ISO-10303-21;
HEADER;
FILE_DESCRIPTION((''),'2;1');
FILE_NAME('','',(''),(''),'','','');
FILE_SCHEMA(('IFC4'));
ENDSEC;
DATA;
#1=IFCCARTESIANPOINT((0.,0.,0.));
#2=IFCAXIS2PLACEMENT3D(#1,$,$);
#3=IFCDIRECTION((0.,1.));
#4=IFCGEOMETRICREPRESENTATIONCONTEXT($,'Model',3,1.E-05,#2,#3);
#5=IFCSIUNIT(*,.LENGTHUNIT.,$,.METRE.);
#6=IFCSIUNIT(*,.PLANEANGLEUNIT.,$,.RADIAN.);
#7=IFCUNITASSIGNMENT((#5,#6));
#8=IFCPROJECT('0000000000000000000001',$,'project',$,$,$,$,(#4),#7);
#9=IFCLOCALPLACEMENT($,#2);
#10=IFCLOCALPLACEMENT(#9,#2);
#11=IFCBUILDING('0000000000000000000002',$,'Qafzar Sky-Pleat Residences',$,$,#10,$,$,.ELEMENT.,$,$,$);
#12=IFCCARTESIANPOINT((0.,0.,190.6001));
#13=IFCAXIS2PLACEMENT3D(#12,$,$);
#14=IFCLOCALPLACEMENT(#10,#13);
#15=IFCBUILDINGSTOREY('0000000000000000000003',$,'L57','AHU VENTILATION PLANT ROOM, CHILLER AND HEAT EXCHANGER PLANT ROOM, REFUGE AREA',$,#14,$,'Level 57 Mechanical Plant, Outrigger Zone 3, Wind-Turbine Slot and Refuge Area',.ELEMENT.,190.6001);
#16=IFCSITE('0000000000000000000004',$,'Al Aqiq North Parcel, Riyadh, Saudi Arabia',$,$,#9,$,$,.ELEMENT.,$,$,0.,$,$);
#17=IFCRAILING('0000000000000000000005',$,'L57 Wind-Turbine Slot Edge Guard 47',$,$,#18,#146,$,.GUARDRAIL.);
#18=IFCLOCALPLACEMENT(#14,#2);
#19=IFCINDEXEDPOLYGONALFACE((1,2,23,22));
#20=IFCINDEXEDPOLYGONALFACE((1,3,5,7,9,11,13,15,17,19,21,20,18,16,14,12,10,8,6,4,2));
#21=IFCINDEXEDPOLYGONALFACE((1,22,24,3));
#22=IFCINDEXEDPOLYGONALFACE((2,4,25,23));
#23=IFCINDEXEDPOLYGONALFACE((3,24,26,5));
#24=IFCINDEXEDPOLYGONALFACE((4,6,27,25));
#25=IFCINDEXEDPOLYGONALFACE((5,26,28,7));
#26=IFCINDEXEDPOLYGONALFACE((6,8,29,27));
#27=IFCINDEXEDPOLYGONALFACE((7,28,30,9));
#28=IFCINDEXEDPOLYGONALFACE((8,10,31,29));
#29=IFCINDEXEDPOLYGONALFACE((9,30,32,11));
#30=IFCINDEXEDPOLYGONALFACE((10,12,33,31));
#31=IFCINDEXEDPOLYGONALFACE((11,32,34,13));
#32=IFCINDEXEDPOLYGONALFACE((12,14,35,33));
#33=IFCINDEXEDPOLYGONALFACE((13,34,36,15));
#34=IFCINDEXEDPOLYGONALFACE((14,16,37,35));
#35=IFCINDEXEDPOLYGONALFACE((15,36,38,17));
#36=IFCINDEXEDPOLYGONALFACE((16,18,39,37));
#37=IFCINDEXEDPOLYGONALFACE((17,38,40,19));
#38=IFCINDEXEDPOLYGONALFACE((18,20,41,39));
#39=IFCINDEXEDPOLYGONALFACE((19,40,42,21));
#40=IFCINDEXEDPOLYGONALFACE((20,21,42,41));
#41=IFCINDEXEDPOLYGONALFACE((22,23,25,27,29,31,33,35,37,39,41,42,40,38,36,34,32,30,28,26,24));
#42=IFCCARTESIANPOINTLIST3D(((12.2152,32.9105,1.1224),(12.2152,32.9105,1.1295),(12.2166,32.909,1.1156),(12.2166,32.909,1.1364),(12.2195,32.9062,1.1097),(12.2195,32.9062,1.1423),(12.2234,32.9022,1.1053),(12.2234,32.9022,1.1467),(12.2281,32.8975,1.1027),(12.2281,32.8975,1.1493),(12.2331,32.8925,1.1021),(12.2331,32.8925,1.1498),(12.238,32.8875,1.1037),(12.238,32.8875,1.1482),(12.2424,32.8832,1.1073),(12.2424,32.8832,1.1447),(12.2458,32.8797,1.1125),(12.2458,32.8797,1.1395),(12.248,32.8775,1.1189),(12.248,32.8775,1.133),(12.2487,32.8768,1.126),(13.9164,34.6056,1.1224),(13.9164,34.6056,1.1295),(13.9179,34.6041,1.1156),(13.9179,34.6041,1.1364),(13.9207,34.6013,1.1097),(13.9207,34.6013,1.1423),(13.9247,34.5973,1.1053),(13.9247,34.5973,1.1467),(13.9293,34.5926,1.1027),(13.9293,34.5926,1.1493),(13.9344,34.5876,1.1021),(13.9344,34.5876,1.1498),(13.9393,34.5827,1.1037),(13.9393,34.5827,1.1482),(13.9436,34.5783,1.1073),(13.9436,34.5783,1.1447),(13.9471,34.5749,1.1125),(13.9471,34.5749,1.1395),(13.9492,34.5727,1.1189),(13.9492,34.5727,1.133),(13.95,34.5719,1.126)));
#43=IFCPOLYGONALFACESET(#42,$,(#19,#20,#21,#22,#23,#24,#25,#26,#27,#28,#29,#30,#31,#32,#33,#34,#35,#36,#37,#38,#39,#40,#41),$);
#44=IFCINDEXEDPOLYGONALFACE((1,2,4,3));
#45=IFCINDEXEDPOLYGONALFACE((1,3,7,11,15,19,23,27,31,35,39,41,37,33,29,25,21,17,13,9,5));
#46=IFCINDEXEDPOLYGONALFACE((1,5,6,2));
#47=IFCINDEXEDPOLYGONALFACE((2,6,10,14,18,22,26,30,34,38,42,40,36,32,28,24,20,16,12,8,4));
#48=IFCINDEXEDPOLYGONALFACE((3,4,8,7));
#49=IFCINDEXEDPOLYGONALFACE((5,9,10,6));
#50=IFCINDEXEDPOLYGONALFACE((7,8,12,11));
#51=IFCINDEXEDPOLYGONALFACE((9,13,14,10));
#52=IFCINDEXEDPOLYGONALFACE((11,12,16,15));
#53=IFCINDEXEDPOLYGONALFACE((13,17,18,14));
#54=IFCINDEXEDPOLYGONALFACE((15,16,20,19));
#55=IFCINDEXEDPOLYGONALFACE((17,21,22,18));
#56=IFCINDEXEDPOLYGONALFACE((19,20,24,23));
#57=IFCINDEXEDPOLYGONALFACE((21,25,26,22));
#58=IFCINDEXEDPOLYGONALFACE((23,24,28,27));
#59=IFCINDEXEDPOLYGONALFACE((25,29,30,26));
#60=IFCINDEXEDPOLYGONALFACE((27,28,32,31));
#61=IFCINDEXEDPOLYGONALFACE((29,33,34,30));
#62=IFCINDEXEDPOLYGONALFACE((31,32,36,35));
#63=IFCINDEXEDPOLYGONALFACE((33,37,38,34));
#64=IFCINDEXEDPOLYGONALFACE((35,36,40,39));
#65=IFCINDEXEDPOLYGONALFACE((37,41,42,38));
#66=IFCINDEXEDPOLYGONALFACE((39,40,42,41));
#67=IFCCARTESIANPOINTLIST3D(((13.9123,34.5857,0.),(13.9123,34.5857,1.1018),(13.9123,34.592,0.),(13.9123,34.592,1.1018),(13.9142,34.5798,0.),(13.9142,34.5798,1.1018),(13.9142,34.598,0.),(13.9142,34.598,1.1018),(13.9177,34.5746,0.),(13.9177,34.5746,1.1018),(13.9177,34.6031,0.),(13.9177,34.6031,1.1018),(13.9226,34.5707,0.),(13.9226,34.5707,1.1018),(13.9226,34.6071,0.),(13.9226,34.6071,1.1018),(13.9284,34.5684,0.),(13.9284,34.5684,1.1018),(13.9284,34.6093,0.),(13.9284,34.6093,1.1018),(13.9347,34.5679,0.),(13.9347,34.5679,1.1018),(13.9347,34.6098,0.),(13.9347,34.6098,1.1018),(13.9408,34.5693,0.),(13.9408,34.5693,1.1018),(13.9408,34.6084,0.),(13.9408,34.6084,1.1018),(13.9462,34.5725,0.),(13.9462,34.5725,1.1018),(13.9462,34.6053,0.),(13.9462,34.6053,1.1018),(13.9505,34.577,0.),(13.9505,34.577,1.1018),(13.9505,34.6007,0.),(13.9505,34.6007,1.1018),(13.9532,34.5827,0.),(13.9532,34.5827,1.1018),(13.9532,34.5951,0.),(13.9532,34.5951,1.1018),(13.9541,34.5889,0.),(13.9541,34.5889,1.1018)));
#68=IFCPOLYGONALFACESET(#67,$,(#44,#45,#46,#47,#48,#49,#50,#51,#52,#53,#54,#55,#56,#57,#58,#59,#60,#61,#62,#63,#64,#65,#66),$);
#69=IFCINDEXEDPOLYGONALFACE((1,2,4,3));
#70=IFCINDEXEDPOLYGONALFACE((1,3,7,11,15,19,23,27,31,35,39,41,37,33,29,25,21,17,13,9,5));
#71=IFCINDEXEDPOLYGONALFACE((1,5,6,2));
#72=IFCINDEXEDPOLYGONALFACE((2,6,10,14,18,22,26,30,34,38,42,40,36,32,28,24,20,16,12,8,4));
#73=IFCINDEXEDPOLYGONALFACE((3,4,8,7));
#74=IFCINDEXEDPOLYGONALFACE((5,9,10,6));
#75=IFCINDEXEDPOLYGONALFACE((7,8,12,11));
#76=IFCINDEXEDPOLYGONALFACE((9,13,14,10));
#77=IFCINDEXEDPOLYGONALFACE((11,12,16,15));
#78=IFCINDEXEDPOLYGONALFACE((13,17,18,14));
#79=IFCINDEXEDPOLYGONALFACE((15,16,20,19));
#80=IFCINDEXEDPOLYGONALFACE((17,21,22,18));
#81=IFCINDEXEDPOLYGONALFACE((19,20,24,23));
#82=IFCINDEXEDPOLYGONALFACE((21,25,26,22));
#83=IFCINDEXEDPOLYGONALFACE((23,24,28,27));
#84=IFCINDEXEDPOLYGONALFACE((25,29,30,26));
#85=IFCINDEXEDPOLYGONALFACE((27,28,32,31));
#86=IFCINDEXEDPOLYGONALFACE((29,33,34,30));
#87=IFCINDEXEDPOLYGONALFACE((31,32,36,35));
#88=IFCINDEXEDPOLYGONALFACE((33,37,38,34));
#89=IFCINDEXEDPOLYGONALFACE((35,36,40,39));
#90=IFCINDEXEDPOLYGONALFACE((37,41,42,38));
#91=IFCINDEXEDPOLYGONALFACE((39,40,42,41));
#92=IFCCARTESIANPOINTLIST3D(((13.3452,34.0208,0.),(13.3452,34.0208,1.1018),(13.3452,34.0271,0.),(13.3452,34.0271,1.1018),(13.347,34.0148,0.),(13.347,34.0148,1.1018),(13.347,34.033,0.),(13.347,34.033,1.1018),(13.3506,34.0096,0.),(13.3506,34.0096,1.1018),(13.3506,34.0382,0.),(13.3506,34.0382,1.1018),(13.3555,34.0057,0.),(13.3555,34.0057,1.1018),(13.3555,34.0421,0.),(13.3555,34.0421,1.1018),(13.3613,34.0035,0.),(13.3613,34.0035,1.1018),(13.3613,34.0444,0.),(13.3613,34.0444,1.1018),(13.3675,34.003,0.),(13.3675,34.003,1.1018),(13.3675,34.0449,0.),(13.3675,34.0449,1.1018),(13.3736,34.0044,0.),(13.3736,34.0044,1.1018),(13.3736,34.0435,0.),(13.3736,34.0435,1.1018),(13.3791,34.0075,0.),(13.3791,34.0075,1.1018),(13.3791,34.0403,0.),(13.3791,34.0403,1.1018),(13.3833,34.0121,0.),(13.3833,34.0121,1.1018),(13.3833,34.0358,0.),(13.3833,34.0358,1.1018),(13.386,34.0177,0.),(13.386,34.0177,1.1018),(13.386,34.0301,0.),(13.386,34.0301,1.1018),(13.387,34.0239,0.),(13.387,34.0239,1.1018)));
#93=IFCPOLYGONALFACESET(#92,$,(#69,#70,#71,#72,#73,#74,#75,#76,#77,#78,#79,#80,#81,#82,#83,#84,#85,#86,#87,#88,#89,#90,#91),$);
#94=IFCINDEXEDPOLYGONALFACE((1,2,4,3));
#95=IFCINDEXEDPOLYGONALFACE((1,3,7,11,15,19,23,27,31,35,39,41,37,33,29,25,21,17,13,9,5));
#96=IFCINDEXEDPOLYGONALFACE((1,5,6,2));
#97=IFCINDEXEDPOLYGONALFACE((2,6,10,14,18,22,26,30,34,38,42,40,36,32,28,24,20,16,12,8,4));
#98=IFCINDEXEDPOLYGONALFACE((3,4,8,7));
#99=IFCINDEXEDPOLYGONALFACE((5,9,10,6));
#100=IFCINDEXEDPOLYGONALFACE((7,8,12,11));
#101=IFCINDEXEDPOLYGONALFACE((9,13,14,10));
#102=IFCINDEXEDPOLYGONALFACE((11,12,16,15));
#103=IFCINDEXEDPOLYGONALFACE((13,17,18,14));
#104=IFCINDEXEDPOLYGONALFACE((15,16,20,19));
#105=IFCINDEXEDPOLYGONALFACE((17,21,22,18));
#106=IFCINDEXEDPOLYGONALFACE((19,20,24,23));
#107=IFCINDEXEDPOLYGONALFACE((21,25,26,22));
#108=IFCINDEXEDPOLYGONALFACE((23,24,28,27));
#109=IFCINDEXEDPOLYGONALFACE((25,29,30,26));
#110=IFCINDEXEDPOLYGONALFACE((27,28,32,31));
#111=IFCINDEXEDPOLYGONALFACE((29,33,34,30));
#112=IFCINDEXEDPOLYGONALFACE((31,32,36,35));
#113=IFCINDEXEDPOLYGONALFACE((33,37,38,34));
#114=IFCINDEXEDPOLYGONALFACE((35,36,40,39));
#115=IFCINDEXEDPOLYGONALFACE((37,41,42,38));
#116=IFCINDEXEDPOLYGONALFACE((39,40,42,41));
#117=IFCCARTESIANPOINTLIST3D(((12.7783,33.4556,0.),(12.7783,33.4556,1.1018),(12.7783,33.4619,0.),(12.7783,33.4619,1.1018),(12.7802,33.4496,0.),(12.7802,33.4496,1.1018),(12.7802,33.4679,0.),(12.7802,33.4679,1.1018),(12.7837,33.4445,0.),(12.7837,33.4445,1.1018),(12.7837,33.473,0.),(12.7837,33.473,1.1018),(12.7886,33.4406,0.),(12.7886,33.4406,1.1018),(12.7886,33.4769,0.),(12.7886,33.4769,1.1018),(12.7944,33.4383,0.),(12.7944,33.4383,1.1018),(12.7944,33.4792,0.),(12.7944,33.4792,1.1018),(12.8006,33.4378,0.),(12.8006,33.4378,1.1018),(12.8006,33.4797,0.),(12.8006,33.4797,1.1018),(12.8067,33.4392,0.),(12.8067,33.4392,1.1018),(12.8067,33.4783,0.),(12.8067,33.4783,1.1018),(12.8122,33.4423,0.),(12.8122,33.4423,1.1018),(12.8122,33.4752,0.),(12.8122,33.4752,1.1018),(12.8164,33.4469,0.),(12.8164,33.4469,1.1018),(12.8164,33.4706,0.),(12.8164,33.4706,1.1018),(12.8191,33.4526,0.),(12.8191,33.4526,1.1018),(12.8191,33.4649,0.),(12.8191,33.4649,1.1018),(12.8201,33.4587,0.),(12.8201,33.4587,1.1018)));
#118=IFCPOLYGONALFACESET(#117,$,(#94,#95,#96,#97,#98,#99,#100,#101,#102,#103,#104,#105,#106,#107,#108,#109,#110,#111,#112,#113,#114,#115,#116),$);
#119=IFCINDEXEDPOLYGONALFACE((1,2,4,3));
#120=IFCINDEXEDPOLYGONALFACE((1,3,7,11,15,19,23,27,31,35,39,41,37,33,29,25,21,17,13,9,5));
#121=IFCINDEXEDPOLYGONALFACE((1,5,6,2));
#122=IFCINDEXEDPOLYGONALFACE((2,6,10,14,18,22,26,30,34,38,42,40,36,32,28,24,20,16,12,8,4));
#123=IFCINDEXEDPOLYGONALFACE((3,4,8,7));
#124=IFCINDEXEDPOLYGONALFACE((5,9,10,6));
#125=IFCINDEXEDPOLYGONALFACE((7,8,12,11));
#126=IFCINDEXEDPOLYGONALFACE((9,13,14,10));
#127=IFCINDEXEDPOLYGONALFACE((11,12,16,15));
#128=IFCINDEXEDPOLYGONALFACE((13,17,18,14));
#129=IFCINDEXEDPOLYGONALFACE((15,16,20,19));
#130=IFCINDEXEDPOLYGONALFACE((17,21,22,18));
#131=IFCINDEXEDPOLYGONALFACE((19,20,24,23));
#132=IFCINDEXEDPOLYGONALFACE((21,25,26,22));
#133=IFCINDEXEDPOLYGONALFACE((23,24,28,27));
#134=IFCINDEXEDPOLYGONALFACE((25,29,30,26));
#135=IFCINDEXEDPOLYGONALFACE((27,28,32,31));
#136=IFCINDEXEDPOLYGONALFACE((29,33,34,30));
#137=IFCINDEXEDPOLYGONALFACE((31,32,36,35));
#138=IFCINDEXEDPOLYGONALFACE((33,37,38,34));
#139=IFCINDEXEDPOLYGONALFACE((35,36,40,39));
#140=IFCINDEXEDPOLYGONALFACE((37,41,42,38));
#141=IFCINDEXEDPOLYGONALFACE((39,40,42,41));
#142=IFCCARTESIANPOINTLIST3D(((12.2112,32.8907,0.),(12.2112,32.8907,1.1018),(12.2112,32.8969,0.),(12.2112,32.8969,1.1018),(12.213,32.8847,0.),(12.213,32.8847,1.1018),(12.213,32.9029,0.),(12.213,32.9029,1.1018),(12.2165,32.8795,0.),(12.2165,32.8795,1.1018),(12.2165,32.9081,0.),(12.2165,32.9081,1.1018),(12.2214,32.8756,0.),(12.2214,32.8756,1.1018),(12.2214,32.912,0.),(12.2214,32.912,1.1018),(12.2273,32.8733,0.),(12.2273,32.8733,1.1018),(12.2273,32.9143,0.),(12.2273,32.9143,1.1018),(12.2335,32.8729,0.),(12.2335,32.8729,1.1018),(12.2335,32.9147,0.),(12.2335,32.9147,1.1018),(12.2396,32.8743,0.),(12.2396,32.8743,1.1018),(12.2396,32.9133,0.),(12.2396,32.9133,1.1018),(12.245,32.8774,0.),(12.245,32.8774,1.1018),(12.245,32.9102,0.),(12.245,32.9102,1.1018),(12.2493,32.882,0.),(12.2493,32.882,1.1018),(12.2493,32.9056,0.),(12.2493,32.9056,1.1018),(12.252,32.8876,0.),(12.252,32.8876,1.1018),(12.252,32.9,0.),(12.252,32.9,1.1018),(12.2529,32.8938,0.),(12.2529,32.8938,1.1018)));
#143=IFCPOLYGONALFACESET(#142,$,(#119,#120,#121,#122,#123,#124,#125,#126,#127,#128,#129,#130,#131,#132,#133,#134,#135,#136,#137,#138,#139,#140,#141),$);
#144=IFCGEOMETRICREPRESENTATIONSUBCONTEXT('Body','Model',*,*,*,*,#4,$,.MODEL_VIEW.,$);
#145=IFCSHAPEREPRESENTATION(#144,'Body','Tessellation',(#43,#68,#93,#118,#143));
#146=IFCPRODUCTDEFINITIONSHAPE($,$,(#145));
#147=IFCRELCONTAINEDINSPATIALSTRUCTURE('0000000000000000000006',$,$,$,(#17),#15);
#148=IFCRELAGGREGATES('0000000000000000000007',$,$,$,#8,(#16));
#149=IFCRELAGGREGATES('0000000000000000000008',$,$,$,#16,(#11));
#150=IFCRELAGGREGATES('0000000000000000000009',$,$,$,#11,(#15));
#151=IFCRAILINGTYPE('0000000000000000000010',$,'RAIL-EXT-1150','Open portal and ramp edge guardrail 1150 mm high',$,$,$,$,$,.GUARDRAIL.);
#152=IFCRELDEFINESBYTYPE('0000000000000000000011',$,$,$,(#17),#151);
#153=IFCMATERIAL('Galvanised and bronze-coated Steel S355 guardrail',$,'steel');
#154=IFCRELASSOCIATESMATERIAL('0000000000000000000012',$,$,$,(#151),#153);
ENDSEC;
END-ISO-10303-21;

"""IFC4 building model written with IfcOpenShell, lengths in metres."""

from ifc_helpers import new_model, si_unit, direction, frame, origin, origin_2d, place, context, subcontext, project, spatial, circle, extrude, source, transform, mapped, material, type_object, element, save


model = new_model("IFC4")

# Units and contexts
model_context = context("Model", 3, precision=1e-05, world=origin(), true_north=direction((0.0, 1.0)))
body_context = subcontext(model_context, "Body", "Model", "MODEL_VIEW")
ifc_project = project(units=[si_unit("LENGTHUNIT", "METRE"), si_unit("PLANEANGLEUNIT", "RADIAN")], contexts=[model_context])

# Site, building, storey
site_placement = place(None, origin())
site = spatial("IfcSite", under=ifc_project, at=site_placement, Name="Al Aqiq North Parcel, Riyadh, Saudi Arabia", CompositionType="ELEMENT", RefElevation=0.0)
building_placement = place(site_placement, origin())
building = spatial("IfcBuilding", under=site, at=building_placement, Name="Qafzar Sky-Pleat Residences", CompositionType="ELEMENT")
storey_placement = place(building_placement, frame((0.0, 0.0, 190.6001)))
storey = spatial("IfcBuildingStorey", under=building, at=storey_placement, Name="L57", Description="AHU VENTILATION PLANT ROOM, CHILLER AND HEAT EXCHANGER PLANT ROOM, REFUGE AREA", LongName="Level 57 Mechanical Plant, Outrigger Zone 3, Wind-Turbine Slot and Refuge Area", CompositionType="ELEMENT", Elevation=190.6001)

# Shared definitions
ifc_material_1 = material(Name="Galvanised and bronze-coated Steel S355 guardrail", Category="steel")
railing_type = type_object("IfcRailingType", Name="RAIL-EXT-1150", Description="Open portal and ramp edge guardrail 1150 mm high", PredefinedType="GUARDRAIL", material=ifc_material_1)

# Railing
shared_shape_1 = source(origin(), body_context, "Body", "SweptSolid", [
    extrude(circle(Radius=0.0239, at=origin_2d()), frame((0.0, 0.0, 1.126), z_axis=(-0.708376, -0.705835, 0.0), x_axis=(0.705835, -0.708376, 0.0)), (0.0, 0.0, 1.0), 2.4016),
    extrude(circle(Radius=0.021, at=origin_2d()), origin(), (0.0, 0.0, 1.0), 1.1018),
    extrude(circle(Radius=0.021, at=origin_2d()), frame((-0.5671, -0.5649, 0.0)), (0.0, 0.0, 1.0), 1.1018),
    extrude(circle(Radius=0.021, at=origin_2d()), frame((-1.134, -1.1301, 0.0)), (0.0, 0.0, 1.0), 1.1018),
    extrude(circle(Radius=0.021, at=origin_2d()), frame((-1.7012, -1.6951, 0.0)), (0.0, 0.0, 1.0), 1.1018),
])
railing_1_placement = place(storey_placement, frame((13.9331, 34.5889, 0.0)))
element("IfcRailing", 1, at=railing_1_placement, inside=storey, type_object=railing_type, Name="L57 Wind-Turbine Slot Edge Guard 47", PredefinedType="GUARDRAIL", context=body_context, shape_type="MappedRepresentation", body=[
    mapped(shared_shape_1, transform((0.0, 0.0, 0.0), x_axis=(1.0, 0.0, 0.0), y_axis=(0.0, 1.0, 0.0), z_axis=(0.0, 0.0, 1.0), scale=1.0)),
])

save(model, "model.ifc")
